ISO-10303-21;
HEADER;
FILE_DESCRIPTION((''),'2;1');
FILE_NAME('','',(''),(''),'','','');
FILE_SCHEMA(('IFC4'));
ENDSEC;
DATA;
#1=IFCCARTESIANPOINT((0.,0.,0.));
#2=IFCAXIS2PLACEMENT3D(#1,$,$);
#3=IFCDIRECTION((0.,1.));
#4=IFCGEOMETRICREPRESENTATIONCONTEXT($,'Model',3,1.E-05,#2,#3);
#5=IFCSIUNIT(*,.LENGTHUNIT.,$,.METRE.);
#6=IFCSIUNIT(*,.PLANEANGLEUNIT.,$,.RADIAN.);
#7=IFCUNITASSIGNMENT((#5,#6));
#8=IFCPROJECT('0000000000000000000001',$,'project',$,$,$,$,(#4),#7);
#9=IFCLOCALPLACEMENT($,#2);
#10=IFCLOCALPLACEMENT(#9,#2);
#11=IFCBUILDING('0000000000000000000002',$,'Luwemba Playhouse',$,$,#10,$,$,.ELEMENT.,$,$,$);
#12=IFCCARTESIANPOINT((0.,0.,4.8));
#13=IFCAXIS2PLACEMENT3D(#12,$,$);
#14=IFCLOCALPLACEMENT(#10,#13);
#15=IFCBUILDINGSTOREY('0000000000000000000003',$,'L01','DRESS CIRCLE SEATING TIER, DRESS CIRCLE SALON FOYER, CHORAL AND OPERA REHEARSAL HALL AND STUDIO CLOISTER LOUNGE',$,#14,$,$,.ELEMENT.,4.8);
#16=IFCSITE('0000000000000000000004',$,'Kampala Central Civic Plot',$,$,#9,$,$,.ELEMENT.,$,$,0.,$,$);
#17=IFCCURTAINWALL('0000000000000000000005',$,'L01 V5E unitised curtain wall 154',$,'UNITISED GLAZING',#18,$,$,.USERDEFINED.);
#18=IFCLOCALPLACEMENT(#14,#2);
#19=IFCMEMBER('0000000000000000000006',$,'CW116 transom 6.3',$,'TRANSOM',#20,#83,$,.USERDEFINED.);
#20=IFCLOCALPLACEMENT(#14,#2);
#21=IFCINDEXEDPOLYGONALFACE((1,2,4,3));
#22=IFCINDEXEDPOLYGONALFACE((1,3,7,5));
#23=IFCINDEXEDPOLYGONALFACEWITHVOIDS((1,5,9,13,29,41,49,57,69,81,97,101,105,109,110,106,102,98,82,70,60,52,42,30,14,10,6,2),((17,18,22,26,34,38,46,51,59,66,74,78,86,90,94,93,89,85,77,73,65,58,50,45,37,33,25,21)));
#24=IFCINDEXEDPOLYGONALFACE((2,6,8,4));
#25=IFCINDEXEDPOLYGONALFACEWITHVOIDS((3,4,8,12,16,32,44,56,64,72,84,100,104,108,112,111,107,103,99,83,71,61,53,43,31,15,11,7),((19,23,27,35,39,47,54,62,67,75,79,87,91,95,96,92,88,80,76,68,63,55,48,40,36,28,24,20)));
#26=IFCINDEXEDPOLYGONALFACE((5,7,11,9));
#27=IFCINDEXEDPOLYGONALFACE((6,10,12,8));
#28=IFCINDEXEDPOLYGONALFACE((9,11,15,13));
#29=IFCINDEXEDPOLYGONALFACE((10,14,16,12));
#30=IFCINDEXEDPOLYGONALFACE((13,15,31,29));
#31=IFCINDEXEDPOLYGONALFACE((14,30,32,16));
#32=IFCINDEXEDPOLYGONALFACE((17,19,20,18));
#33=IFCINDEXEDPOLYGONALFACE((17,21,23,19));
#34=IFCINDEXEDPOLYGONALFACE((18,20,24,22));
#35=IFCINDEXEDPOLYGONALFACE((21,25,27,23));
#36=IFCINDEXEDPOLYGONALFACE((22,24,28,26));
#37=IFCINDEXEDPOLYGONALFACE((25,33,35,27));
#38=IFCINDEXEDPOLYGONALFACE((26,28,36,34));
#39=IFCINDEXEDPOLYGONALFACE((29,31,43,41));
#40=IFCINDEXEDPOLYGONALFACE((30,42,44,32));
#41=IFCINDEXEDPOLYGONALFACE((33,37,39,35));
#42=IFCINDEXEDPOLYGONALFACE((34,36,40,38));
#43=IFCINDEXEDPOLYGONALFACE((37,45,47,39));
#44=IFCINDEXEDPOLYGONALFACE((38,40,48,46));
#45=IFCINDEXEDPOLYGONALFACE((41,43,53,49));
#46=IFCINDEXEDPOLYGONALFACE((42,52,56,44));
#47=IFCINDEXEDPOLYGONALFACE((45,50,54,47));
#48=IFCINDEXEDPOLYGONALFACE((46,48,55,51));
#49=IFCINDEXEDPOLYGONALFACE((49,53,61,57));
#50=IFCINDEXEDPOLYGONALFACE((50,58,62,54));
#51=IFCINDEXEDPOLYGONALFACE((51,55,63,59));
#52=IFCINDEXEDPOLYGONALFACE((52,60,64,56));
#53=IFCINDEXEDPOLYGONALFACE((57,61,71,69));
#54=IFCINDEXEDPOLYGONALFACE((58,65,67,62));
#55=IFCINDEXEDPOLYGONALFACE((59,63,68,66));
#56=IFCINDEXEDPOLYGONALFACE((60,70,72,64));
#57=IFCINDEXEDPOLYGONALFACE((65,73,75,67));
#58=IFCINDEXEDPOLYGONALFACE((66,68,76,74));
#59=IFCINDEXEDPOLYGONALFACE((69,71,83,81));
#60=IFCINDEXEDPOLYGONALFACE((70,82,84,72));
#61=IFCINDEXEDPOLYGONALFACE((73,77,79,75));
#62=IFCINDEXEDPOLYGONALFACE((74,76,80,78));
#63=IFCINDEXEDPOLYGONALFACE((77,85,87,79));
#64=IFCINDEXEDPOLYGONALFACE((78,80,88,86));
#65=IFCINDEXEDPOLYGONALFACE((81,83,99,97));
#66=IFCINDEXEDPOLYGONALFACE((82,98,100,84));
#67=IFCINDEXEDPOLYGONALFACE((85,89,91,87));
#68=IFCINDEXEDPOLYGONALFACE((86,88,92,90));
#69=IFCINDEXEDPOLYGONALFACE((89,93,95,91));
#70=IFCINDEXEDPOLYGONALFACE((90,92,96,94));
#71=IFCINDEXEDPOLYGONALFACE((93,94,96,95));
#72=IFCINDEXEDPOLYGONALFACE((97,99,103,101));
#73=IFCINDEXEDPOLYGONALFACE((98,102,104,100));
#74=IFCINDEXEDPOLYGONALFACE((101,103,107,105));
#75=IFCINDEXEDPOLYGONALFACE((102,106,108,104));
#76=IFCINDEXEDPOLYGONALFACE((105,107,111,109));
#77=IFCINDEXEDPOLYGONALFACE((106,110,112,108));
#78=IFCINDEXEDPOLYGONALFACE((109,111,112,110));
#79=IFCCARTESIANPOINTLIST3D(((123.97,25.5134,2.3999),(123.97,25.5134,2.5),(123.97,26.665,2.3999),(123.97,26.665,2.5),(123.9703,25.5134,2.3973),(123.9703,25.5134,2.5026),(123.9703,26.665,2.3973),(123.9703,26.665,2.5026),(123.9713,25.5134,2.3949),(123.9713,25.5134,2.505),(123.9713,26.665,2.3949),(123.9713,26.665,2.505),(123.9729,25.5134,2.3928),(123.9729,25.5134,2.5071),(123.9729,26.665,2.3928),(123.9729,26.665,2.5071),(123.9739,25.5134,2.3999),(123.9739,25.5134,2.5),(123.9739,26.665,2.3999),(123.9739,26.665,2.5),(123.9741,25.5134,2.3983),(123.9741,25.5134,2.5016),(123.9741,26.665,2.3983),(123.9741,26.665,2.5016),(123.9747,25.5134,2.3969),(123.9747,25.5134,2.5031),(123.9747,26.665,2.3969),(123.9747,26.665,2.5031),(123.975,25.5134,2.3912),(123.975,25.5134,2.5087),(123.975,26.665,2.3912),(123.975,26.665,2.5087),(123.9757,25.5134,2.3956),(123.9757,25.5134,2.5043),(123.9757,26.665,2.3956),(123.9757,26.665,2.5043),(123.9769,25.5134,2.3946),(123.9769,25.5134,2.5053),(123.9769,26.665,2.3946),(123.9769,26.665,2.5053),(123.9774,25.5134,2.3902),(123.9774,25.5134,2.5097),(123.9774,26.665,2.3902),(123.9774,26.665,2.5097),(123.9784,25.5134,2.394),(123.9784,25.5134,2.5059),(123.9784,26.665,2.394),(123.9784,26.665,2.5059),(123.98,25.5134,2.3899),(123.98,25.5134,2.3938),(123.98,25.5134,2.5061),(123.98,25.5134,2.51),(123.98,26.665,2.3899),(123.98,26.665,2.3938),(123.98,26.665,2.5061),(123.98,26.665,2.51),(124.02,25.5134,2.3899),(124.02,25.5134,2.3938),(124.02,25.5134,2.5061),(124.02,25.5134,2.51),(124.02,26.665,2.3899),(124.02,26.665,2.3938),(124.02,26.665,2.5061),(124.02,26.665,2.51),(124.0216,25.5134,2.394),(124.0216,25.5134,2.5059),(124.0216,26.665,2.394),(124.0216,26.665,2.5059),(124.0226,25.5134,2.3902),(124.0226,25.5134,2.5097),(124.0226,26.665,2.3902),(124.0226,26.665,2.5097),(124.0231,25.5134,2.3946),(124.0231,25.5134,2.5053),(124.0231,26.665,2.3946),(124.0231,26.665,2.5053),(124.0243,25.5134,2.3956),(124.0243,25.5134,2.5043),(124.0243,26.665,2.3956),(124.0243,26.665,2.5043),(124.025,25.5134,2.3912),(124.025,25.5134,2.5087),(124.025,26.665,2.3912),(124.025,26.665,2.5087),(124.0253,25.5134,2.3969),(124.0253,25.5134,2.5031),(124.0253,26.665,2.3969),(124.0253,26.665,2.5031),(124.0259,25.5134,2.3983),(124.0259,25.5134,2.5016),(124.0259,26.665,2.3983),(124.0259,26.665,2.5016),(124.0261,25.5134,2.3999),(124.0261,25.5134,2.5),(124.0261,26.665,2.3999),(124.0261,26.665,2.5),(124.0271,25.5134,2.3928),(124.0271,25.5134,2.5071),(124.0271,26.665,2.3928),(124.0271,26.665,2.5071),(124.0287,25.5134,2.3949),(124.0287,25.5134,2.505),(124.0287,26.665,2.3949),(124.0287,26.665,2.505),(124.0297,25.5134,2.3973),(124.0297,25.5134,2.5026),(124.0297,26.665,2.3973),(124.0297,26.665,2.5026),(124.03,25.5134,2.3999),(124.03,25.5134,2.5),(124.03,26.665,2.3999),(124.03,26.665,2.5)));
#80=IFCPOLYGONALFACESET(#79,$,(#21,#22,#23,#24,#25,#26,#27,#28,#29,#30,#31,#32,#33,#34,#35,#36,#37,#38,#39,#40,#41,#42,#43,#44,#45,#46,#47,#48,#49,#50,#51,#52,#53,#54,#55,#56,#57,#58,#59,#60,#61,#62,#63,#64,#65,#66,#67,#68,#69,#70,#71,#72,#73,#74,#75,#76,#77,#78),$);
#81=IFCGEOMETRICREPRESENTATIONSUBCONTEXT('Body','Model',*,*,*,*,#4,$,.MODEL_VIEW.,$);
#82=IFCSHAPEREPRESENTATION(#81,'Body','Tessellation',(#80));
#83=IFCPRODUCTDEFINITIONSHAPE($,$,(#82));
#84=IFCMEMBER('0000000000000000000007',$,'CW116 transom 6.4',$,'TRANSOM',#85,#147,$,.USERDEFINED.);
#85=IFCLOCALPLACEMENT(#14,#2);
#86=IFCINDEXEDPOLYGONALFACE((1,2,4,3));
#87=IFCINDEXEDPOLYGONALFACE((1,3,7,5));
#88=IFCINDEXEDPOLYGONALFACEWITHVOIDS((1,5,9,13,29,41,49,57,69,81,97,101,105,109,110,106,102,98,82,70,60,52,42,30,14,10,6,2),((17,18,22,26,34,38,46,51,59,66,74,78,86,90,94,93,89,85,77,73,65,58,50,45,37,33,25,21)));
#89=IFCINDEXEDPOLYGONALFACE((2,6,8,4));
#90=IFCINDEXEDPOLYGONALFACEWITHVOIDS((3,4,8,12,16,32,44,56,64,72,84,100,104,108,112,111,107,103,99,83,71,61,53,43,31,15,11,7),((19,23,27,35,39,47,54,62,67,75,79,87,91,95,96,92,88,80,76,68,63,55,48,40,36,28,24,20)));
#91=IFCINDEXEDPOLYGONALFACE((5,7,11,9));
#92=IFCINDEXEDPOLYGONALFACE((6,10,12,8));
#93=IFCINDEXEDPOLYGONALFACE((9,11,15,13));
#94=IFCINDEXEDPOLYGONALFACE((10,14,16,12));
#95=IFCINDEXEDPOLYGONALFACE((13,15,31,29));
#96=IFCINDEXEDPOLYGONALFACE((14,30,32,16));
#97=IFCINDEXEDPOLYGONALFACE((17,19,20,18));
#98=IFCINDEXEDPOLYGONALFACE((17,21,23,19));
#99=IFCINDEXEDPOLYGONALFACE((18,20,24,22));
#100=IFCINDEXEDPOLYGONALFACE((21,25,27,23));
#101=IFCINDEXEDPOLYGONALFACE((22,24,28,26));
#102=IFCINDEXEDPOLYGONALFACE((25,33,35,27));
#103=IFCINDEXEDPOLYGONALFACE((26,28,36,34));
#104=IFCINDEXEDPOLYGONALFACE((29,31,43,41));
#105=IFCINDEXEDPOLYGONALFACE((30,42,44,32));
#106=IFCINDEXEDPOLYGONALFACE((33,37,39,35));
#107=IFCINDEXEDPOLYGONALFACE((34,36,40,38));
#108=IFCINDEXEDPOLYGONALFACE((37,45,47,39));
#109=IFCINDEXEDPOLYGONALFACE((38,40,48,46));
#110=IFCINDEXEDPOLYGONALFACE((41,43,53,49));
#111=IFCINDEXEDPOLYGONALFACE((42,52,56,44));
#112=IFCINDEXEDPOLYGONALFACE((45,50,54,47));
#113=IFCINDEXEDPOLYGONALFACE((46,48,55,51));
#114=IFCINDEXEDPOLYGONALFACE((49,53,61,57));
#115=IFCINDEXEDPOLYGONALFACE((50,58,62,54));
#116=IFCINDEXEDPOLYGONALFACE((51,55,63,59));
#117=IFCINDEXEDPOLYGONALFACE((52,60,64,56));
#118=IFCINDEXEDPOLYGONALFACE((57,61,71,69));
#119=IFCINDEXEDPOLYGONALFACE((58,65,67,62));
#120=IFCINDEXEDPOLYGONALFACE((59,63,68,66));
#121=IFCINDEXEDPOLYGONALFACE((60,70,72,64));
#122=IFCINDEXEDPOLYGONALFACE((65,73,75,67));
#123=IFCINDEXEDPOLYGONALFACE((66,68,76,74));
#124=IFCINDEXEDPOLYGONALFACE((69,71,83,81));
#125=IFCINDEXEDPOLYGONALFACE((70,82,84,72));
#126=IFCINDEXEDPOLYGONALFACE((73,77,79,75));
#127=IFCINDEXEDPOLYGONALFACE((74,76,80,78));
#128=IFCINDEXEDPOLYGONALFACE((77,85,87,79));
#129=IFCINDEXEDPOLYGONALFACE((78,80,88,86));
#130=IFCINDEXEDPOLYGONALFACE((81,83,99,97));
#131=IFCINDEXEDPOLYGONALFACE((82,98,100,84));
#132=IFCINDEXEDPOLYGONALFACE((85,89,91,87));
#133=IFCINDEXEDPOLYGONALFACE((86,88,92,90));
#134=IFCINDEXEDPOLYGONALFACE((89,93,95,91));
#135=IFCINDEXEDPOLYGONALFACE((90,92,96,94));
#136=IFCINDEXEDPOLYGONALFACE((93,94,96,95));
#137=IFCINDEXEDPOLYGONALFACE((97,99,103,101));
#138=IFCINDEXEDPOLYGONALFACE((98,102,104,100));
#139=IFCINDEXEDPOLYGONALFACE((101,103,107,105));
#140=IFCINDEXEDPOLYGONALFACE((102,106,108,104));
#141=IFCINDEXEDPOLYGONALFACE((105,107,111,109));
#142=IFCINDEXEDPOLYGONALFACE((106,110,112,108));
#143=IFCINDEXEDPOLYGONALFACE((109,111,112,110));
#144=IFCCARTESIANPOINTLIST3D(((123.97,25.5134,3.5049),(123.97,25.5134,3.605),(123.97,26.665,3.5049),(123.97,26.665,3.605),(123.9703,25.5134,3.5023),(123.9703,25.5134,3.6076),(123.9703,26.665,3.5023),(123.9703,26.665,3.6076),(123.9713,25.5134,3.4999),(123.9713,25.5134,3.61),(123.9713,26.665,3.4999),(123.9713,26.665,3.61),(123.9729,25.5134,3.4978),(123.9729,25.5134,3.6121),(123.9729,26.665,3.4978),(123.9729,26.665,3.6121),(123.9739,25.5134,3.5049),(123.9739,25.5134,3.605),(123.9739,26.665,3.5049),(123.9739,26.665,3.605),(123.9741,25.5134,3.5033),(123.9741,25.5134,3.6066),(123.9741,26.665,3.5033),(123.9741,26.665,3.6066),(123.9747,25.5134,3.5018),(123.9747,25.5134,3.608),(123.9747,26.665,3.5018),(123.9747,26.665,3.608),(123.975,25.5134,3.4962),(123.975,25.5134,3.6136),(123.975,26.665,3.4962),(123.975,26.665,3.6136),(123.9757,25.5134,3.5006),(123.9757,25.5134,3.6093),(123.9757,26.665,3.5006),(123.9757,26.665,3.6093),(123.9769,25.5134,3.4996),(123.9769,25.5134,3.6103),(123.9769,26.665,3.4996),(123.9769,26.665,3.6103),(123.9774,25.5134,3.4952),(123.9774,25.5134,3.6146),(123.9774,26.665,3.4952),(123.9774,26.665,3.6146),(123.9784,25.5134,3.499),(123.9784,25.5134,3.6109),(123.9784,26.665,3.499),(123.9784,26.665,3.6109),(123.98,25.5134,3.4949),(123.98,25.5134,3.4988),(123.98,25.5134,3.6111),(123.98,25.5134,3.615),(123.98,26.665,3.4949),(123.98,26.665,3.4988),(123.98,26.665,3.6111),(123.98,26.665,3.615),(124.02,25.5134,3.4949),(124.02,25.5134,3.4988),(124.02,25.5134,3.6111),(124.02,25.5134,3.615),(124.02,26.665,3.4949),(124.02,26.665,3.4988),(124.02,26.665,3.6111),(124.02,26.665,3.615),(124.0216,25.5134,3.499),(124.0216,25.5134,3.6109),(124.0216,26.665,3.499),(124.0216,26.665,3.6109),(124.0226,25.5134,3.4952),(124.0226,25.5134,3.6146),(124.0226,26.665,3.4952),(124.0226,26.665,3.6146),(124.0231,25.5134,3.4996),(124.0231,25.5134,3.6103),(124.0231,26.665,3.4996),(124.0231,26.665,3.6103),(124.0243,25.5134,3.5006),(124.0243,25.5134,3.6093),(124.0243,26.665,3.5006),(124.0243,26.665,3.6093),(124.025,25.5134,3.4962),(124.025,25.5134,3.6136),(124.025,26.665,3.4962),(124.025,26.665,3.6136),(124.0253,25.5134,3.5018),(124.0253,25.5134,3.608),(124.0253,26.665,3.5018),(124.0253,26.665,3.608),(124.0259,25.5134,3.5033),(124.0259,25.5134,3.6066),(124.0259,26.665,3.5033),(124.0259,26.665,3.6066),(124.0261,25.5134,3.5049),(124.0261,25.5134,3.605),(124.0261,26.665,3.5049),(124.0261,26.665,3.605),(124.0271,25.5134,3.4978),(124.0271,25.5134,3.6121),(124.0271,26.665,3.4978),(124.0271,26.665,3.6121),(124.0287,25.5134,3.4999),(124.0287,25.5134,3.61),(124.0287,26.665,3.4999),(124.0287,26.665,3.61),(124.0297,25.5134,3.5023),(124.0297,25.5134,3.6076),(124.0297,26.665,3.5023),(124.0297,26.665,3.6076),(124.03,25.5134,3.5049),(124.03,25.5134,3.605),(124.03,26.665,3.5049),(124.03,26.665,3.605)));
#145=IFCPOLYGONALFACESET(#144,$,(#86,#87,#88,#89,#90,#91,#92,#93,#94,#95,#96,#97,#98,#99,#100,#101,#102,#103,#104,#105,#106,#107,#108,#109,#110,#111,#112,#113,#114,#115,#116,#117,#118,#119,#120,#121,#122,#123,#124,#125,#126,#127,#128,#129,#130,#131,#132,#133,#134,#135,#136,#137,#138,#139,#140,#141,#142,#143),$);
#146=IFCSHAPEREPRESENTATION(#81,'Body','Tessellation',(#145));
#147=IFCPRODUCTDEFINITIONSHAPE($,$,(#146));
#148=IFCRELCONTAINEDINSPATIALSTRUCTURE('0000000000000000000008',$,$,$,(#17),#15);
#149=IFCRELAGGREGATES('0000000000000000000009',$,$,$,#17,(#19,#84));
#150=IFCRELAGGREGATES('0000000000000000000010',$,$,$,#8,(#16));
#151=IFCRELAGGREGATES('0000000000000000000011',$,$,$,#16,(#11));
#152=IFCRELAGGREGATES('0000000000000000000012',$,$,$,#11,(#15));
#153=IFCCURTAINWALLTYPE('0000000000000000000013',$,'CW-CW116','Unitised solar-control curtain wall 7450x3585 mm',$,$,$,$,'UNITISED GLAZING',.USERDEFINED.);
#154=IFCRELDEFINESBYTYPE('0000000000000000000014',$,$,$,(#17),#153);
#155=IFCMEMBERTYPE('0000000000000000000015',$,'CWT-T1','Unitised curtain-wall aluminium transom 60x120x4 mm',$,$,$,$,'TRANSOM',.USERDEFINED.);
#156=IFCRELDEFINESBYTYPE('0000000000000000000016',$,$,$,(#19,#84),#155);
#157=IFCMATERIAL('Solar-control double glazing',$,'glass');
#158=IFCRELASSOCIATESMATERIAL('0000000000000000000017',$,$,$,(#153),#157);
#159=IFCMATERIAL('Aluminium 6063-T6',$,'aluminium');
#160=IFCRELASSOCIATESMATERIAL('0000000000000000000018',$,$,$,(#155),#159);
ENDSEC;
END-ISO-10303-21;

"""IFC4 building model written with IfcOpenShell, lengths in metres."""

from ifc_helpers import new_model, si_unit, direction, frame, origin, origin_2d, place, context, subcontext, project, spatial, hollow_rectangle, extrude, material, material_profile, profile_set, type_object, element, aggregate, save


model = new_model("IFC4")

# Units and contexts
model_context = context("Model", 3, precision=1e-05, world=origin(), true_north=direction((0.0, 1.0)))
body_context = subcontext(model_context, "Body", "Model", "MODEL_VIEW")
ifc_project = project(units=[si_unit("LENGTHUNIT", "METRE"), si_unit("PLANEANGLEUNIT", "RADIAN")], contexts=[model_context])

# Site, building, storey
site_placement = place(None, origin())
site = spatial("IfcSite", under=ifc_project, at=site_placement, Name="Kampala Central Civic Plot", CompositionType="ELEMENT", RefElevation=0.0)
building_placement = place(site_placement, origin())
building = spatial("IfcBuilding", under=site, at=building_placement, Name="Luwemba Playhouse", CompositionType="ELEMENT")
storey_placement = place(building_placement, frame((0.0, 0.0, 4.8)))
storey = spatial("IfcBuildingStorey", under=building, at=storey_placement, Name="L01", Description="DRESS CIRCLE SEATING TIER, DRESS CIRCLE SALON FOYER, CHORAL AND OPERA REHEARSAL HALL AND STUDIO CLOISTER LOUNGE", CompositionType="ELEMENT", Elevation=4.8)

# Curtain wall
ifc_material_1 = material(Name="Solar-control double glazing", Category="glass")
curtain_wall_type_1 = type_object("IfcCurtainWallType", Name="CW-CW116", Description="Unitised solar-control curtain wall 7450x3585 mm", ElementType="UNITISED GLAZING", PredefinedType="USERDEFINED", material=ifc_material_1)
curtain_wall_1_placement = place(storey_placement, origin())
curtain_wall_1 = element("IfcCurtainWall", 1, at=curtain_wall_1_placement, inside=storey, type_object=curtain_wall_type_1, Name="L01 V5E unitised curtain wall 154", ObjectType="UNITISED GLAZING", PredefinedType="USERDEFINED")
ifc_material_2 = material(Name="Aluminium 6063-T6", Category="aluminium")

# Members
ifc_material_profile_1 = material_profile(ifc_material_2, hollow_rectangle(XDim=0.0601, YDim=0.1201, WallThickness=0.0039, InnerFilletRadius=0.0061, OuterFilletRadius=0.01, at=origin_2d()))
ifc_profile_set_1 = profile_set([ifc_material_profile_1], Name="Aluminium 6063-T6")
member_type_1 = type_object("IfcMemberType", Name="CWT-T1", Description="Unitised curtain-wall aluminium transom 60x120x4 mm", ElementType="TRANSOM", PredefinedType="USERDEFINED", material=ifc_profile_set_1)
member_1_placement = place(storey_placement, frame((124.0, 25.5134, 2.45), z_axis=(0.0, 1.0, 0.0), x_axis=(-1.0, 0.0, 0.0)))
member_1 = element("IfcMember", 2, at=member_1_placement, type_object=member_type_1, Name="CW116 transom 6.3", ObjectType="TRANSOM", PredefinedType="USERDEFINED", context=body_context, shape_type="SweptSolid", body=[
    extrude(hollow_rectangle(XDim=0.0601, YDim=0.1201, WallThickness=0.0039, InnerFilletRadius=0.0061, OuterFilletRadius=0.01, at=origin_2d()), origin(), (0.0, 0.0, 1.0), 1.1516),
])
member_2_placement = place(storey_placement, frame((124.0, 25.5134, 3.5549), z_axis=(0.0, 1.0, 0.0), x_axis=(-1.0, 0.0, 0.0)))
member_2 = element("IfcMember", 3, at=member_2_placement, type_object=member_type_1, Name="CW116 transom 6.4", ObjectType="TRANSOM", PredefinedType="USERDEFINED", context=body_context, shape_type="SweptSolid", body=[
    extrude(hollow_rectangle(XDim=0.0601, YDim=0.1201, WallThickness=0.0039, InnerFilletRadius=0.0061, OuterFilletRadius=0.01, at=origin_2d()), origin(), (0.0, 0.0, 1.0), 1.1516),
])

aggregate(curtain_wall_1, [member_1, member_2])

save(model, "model.ifc")
